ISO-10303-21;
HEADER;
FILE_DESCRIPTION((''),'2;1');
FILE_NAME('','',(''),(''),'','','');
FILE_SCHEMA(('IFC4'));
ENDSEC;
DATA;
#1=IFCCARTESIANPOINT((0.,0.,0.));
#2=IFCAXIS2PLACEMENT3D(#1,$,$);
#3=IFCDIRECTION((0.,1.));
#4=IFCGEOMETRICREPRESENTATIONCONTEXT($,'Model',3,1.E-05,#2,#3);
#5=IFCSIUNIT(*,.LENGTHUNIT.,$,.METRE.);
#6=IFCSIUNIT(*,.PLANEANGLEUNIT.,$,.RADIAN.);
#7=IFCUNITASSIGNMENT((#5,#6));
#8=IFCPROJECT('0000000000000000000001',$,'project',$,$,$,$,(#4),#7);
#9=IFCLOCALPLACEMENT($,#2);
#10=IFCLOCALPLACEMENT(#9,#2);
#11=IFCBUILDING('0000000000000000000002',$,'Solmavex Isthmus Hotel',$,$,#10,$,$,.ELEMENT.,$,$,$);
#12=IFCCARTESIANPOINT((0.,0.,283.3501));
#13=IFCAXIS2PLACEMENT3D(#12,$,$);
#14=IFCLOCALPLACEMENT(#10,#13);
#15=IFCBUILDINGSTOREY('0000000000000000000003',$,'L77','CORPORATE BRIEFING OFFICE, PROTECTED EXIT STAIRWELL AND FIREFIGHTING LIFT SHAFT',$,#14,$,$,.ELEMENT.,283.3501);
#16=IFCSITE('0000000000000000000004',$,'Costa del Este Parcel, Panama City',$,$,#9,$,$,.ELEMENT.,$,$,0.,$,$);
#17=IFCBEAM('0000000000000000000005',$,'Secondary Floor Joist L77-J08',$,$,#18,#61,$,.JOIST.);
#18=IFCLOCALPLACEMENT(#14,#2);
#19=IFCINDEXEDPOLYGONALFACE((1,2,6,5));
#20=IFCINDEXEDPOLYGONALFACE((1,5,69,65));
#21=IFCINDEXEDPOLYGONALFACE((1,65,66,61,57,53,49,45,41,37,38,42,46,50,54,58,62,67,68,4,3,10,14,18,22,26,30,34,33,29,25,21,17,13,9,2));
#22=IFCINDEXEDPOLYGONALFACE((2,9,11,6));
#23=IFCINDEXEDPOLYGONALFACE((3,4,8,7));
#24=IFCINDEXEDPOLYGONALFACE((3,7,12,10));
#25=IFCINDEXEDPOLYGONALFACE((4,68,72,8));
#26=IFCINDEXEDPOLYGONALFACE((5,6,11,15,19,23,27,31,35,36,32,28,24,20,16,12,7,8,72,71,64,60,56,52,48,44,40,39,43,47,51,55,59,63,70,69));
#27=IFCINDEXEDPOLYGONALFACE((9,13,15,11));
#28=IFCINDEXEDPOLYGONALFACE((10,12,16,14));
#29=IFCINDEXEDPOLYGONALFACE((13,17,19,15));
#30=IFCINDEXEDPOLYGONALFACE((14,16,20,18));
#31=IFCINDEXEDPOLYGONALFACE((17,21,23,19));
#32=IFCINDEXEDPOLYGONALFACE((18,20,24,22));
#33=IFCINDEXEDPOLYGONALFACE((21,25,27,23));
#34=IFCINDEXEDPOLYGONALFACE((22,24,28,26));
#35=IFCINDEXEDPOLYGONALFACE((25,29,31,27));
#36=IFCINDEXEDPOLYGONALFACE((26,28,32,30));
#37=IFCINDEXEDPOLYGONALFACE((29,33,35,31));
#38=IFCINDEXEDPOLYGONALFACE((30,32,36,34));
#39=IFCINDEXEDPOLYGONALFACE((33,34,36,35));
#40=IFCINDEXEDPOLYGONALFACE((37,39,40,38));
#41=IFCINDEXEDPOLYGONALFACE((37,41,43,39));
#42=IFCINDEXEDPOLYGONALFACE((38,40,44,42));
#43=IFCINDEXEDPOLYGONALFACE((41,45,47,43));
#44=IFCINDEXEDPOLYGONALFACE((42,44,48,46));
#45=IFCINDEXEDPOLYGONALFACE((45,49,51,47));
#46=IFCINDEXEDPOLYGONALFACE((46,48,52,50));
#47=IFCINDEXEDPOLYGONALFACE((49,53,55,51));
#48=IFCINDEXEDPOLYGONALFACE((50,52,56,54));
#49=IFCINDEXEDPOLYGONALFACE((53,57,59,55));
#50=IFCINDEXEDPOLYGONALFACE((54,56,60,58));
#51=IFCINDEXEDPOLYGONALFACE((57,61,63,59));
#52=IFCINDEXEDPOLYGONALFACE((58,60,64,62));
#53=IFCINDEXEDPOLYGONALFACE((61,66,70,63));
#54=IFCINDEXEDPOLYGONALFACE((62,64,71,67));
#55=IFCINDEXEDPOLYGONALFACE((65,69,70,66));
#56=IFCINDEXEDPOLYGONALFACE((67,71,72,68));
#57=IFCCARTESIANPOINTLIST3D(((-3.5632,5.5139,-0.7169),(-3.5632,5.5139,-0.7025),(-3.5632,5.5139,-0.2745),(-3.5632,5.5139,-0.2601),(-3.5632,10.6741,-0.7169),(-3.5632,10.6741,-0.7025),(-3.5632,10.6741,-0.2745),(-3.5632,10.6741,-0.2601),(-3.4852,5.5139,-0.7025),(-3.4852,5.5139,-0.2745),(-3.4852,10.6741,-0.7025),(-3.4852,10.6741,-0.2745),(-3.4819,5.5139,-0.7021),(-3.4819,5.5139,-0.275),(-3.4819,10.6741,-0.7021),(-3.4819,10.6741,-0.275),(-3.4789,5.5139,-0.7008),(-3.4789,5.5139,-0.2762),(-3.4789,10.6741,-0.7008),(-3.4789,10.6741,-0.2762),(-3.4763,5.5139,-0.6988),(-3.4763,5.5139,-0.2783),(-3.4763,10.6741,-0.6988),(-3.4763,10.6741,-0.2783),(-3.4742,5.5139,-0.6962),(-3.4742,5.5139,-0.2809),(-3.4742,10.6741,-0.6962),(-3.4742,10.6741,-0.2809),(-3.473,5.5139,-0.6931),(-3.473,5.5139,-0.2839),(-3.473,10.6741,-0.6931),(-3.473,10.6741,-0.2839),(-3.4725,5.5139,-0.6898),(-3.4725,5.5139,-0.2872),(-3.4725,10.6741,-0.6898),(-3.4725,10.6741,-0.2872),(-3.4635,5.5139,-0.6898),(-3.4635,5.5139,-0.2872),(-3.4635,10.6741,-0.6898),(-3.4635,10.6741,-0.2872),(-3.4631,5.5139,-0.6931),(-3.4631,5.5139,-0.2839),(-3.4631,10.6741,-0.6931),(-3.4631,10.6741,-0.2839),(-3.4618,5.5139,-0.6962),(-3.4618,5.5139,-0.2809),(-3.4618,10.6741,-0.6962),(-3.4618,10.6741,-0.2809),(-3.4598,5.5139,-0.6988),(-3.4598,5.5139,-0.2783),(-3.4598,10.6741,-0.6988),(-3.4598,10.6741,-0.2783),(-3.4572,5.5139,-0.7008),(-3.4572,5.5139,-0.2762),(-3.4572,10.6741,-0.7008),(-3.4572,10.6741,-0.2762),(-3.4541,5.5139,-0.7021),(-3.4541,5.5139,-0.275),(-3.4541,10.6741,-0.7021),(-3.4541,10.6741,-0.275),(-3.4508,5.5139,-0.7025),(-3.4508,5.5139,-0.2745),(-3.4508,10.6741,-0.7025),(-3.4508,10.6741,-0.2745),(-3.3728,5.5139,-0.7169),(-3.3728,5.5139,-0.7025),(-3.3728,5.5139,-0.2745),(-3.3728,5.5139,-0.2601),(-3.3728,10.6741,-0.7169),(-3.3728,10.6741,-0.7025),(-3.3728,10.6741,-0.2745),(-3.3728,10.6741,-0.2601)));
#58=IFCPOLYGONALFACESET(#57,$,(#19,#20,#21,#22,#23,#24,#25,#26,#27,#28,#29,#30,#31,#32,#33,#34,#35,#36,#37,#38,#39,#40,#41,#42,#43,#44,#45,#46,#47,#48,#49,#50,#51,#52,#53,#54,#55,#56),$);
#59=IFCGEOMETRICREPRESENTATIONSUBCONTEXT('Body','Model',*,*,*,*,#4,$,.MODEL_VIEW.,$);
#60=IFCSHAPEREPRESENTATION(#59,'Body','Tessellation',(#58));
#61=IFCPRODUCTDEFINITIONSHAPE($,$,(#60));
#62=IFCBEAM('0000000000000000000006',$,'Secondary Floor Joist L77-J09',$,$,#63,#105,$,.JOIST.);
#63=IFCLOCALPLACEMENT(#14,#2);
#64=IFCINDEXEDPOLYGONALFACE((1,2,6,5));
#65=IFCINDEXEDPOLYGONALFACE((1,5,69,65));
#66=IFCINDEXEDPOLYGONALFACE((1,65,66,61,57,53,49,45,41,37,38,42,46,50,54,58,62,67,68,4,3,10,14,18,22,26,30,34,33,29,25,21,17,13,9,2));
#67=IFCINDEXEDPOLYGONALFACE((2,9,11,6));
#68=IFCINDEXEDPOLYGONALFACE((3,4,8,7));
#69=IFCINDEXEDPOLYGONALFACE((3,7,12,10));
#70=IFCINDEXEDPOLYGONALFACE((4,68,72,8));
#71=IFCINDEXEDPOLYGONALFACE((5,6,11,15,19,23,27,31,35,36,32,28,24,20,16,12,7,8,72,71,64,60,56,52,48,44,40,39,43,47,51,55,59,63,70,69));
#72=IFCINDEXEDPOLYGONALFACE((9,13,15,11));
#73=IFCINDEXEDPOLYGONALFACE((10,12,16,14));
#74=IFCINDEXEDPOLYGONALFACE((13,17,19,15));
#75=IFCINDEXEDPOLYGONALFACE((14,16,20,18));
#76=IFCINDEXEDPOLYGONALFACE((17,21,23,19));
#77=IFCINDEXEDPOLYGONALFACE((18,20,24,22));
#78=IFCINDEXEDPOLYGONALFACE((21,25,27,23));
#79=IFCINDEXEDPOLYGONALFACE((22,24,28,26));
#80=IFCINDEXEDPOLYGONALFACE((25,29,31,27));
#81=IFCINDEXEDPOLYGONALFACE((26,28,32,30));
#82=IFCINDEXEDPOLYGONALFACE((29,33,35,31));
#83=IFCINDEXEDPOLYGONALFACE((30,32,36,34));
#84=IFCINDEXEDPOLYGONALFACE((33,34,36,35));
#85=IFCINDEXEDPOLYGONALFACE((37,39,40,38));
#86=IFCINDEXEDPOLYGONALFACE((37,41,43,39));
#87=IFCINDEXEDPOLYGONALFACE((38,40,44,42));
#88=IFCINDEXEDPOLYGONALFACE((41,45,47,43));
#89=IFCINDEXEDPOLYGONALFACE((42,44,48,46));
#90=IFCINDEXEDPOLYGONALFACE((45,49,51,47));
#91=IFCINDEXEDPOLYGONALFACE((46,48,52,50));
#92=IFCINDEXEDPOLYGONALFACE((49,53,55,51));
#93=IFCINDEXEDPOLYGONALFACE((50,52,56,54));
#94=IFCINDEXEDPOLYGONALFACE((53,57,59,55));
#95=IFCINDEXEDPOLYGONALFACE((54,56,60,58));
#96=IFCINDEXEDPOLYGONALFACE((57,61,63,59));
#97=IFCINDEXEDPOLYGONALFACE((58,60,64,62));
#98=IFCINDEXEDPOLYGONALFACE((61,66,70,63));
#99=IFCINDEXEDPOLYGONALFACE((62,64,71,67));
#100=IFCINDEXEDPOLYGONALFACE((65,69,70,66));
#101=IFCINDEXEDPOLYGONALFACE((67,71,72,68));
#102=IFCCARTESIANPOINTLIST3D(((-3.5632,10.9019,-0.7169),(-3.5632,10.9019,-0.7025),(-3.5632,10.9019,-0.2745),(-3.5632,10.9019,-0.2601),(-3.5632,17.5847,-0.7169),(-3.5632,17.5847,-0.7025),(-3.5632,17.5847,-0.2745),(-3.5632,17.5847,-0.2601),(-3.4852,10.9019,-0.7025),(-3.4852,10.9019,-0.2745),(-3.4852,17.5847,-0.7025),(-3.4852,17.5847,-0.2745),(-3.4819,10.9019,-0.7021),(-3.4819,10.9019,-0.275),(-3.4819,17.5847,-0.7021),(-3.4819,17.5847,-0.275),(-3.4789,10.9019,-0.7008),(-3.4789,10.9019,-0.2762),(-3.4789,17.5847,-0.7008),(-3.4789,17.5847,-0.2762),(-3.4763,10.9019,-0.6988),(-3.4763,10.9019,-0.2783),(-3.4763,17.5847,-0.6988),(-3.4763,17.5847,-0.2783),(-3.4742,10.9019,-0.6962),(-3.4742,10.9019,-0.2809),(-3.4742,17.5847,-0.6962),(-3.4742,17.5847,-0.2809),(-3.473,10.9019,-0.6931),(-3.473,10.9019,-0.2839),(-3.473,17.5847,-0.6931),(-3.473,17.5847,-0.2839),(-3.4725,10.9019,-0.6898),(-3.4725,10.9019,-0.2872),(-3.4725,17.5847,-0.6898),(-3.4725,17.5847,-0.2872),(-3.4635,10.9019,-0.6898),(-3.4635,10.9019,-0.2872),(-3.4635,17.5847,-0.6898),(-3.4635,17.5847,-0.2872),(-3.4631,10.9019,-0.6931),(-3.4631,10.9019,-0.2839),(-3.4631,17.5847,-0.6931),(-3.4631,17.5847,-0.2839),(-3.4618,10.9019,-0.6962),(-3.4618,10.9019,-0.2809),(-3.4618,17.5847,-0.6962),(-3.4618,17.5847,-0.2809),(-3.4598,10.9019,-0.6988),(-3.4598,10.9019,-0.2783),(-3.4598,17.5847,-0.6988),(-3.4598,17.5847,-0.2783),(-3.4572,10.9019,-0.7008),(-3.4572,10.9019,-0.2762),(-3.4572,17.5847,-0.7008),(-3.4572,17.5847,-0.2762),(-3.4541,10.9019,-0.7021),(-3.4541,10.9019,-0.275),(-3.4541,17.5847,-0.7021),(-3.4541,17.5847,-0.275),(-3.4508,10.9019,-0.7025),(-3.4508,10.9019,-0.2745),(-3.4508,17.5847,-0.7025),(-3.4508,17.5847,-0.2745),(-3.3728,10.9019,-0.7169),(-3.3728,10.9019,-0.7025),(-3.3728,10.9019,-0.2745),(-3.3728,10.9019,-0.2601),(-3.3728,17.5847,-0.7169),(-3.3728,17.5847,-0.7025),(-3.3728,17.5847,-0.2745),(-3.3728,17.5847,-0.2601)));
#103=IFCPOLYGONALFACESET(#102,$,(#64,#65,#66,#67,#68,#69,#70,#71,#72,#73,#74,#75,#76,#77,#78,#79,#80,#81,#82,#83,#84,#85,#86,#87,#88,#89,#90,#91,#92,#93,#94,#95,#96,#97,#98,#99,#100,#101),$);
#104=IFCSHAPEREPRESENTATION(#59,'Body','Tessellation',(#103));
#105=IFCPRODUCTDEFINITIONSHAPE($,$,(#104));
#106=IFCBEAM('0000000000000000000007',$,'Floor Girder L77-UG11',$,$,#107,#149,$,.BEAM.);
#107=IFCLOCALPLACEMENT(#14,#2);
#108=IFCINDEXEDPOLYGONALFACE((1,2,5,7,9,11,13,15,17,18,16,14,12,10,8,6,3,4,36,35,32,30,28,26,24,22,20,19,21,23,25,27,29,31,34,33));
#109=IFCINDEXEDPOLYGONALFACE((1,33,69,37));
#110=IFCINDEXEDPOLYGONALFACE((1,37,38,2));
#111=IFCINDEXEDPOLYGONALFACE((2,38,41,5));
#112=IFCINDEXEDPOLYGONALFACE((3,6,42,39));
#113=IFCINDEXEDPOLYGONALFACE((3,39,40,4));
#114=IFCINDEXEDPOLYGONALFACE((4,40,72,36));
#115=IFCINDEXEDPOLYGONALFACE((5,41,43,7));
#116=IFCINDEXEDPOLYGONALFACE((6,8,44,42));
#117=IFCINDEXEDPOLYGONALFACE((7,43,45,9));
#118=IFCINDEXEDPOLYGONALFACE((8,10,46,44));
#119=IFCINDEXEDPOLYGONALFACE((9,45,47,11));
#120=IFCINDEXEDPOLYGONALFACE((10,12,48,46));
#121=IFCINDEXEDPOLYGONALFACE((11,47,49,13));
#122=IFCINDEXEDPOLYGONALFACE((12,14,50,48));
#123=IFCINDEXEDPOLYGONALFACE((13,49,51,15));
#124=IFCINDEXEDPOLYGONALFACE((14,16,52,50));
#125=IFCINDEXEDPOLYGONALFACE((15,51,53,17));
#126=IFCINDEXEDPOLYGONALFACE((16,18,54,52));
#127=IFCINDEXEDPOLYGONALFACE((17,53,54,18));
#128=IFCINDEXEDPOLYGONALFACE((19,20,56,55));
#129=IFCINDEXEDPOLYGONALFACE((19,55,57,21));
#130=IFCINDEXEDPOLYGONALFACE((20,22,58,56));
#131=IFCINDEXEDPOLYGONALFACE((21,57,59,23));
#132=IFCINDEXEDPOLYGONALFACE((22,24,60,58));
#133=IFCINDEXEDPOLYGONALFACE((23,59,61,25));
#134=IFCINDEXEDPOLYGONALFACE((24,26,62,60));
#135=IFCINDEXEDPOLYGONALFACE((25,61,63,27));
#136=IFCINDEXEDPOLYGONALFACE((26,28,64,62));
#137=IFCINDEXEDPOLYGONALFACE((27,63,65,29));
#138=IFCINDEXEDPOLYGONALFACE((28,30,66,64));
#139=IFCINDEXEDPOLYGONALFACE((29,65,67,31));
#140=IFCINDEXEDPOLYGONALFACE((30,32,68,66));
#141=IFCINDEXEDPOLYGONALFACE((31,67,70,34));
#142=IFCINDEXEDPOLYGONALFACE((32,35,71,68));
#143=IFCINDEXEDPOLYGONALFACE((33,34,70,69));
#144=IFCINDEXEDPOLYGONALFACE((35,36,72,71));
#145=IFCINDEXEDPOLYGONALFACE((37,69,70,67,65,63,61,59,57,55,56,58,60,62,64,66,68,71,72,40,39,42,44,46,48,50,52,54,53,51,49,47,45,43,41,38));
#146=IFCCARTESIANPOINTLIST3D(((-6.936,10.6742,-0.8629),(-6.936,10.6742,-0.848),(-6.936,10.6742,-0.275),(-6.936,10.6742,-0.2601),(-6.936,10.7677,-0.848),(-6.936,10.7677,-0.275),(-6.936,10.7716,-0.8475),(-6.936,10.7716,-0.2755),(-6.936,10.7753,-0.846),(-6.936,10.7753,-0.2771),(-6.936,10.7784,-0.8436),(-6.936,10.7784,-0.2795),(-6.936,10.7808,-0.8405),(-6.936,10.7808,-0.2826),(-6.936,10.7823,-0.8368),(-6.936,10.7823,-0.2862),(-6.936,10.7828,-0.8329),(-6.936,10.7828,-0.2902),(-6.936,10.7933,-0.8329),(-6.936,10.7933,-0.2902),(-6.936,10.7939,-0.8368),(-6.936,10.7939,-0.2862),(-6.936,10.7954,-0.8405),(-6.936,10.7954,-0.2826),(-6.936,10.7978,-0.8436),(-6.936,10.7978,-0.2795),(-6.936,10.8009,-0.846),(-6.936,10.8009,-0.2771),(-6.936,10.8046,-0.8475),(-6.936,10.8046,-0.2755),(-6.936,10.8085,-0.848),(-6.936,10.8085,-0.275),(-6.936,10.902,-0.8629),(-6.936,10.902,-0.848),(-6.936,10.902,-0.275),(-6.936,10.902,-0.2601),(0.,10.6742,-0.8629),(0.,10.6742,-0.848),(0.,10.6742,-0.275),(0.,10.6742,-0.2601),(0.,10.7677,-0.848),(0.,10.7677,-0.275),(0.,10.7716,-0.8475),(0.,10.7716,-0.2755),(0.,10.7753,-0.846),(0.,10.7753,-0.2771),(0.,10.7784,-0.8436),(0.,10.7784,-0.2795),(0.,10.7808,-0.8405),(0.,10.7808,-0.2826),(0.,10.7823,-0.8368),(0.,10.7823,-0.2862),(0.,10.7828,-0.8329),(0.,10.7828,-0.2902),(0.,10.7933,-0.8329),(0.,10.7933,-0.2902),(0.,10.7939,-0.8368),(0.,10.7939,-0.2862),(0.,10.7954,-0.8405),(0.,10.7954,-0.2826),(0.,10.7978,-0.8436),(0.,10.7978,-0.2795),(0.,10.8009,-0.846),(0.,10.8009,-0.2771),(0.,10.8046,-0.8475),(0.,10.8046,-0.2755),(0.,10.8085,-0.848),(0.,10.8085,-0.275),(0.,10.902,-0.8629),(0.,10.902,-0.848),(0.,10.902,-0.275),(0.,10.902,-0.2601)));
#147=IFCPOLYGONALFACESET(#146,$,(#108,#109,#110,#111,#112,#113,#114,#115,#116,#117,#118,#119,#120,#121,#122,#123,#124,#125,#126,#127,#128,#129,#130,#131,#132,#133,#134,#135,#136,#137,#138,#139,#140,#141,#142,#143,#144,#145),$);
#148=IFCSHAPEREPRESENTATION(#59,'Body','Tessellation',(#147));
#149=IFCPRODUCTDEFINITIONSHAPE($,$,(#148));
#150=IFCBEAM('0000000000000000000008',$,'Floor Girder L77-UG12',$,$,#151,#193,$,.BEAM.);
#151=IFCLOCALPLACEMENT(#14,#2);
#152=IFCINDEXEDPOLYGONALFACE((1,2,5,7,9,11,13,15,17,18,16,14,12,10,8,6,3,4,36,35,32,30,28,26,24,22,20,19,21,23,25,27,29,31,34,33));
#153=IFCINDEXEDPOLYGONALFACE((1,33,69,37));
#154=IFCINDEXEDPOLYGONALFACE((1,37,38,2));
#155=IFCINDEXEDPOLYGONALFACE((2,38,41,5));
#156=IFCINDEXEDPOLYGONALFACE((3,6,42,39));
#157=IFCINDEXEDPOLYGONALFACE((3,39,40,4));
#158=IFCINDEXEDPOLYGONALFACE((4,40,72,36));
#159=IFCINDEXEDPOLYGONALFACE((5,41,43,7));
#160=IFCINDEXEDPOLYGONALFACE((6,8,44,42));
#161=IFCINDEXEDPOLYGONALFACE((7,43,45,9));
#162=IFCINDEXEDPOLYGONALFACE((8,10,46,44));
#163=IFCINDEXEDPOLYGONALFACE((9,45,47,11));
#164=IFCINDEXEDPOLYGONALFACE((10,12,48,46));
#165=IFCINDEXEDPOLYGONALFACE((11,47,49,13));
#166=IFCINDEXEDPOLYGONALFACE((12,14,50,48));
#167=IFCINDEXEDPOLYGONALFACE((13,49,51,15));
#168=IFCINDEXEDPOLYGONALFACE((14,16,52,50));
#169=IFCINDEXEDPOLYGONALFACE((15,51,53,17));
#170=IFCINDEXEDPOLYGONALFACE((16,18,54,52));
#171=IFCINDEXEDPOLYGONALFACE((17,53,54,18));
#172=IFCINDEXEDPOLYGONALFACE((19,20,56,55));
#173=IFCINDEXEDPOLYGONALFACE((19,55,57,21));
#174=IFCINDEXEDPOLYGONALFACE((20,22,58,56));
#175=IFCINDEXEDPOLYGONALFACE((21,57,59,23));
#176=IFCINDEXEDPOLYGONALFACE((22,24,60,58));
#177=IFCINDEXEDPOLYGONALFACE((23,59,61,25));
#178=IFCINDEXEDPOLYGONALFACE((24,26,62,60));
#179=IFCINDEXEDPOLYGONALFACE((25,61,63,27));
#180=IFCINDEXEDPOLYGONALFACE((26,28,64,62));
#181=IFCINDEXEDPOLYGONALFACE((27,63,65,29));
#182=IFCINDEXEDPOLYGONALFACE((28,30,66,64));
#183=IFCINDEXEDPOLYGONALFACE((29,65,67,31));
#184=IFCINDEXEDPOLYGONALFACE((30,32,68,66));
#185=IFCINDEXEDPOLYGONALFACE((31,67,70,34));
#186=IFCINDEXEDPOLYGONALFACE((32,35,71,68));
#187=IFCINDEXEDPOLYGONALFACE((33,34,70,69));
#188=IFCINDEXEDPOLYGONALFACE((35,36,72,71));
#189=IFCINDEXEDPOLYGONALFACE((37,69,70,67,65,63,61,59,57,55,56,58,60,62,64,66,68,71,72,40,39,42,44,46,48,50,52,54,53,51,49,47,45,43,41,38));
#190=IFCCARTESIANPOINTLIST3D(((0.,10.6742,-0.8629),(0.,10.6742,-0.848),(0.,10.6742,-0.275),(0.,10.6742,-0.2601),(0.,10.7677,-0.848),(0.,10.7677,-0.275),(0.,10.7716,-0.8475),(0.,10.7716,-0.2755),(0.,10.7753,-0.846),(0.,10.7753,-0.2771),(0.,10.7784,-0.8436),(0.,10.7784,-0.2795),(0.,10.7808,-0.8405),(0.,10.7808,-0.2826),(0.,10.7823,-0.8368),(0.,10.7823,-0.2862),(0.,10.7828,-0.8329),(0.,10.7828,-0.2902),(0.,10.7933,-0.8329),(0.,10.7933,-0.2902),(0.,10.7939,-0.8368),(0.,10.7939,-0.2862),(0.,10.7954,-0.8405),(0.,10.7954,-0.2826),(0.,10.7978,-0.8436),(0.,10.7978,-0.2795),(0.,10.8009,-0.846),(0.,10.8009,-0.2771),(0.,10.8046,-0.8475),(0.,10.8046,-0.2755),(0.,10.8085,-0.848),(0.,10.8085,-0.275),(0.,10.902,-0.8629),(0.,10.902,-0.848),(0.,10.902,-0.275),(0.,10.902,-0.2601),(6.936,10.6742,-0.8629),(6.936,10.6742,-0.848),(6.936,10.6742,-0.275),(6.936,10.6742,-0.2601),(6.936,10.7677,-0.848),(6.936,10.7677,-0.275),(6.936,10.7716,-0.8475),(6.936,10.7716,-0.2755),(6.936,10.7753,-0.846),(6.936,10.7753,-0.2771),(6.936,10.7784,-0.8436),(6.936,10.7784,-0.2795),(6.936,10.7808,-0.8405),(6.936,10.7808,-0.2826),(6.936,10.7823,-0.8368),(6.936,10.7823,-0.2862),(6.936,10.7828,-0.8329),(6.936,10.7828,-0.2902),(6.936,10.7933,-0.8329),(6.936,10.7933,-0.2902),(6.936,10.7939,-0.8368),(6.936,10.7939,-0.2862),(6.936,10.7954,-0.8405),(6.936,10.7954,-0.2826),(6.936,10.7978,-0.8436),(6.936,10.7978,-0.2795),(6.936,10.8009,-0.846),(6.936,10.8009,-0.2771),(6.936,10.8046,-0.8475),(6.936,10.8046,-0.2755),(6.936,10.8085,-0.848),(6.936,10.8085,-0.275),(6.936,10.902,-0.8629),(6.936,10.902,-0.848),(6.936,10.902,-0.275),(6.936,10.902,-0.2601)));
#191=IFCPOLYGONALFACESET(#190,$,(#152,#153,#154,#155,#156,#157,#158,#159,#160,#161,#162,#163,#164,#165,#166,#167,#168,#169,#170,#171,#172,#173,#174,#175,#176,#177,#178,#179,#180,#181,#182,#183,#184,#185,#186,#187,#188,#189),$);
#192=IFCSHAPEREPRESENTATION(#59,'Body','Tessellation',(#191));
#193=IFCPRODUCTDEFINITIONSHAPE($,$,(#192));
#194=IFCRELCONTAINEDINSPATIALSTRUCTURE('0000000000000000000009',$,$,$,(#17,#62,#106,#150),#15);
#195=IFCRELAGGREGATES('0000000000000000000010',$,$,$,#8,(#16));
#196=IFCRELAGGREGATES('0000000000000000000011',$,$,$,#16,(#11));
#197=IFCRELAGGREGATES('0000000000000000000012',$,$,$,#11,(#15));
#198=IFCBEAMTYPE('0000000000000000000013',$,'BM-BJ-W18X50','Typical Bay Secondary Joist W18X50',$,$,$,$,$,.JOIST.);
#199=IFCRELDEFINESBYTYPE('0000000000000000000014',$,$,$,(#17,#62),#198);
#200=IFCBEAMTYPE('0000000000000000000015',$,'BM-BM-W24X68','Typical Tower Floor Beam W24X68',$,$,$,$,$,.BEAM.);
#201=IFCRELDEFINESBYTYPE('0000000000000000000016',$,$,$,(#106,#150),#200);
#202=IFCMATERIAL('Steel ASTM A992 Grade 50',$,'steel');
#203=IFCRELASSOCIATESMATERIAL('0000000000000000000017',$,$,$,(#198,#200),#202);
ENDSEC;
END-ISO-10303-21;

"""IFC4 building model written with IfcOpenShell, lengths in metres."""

from ifc_helpers import new_model, si_unit, direction, frame, origin, origin_2d, place, context, subcontext, project, spatial, i_section, extrude, material, material_profile, profile_set, type_object, element, save


model = new_model("IFC4")

# Units and contexts
model_context = context("Model", 3, precision=1e-05, world=origin(), true_north=direction((0.0, 1.0)))
body_context = subcontext(model_context, "Body", "Model", "MODEL_VIEW")
ifc_project = project(units=[si_unit("LENGTHUNIT", "METRE"), si_unit("PLANEANGLEUNIT", "RADIAN")], contexts=[model_context])

# Site, building, storey
site_placement = place(None, origin())
site = spatial("IfcSite", under=ifc_project, at=site_placement, Name="Costa del Este Parcel, Panama City", CompositionType="ELEMENT", RefElevation=0.0)
building_placement = place(site_placement, origin())
building = spatial("IfcBuilding", under=site, at=building_placement, Name="Solmavex Isthmus Hotel", CompositionType="ELEMENT")
storey_placement = place(building_placement, frame((0.0, 0.0, 283.3501)))
storey = spatial("IfcBuildingStorey", under=building, at=storey_placement, Name="L77", Description="CORPORATE BRIEFING OFFICE, PROTECTED EXIT STAIRWELL AND FIREFIGHTING LIFT SHAFT", CompositionType="ELEMENT", Elevation=283.3501)

# Beams
ifc_material_1 = material(Name="Steel ASTM A992 Grade 50", Category="steel")
ifc_material_profile_1 = material_profile(ifc_material_1, i_section(OverallWidth=0.1904, OverallDepth=0.4568, WebThickness=0.009, FlangeThickness=0.0144, FilletRadius=0.0127, at=origin_2d()), Name="W18X50")
ifc_profile_set_1 = profile_set([ifc_material_profile_1], Name="Steel ASTM A992 Grade 50")
beam_type_1 = type_object("IfcBeamType", Name="BM-BJ-W18X50", Description="Typical Bay Secondary Joist W18X50", PredefinedType="JOIST", material=ifc_profile_set_1)
beam_1_placement = place(storey_placement, frame((-3.468, 5.5139, -0.4885), z_axis=(0.0, 1.0, 0.0), x_axis=(-1.0, 0.0, 0.0)))
element("IfcBeam", 1, at=beam_1_placement, inside=storey, type_object=beam_type_1, Name="Secondary Floor Joist L77-J08", PredefinedType="JOIST", context=body_context, shape_type="SweptSolid", body=[
    extrude(i_section(OverallWidth=0.1904, OverallDepth=0.4568, WebThickness=0.009, FlangeThickness=0.0144, FilletRadius=0.0127, at=origin_2d()), origin(), (0.0, 0.0, 1.0), 5.1602),
])
beam_2_placement = place(storey_placement, frame((-3.468, 10.9019, -0.4885), z_axis=(0.0, 1.0, 0.0), x_axis=(-1.0, 0.0, 0.0)))
element("IfcBeam", 2, at=beam_2_placement, inside=storey, type_object=beam_type_1, Name="Secondary Floor Joist L77-J09", PredefinedType="JOIST", context=body_context, shape_type="SweptSolid", body=[
    extrude(i_section(OverallWidth=0.1904, OverallDepth=0.4568, WebThickness=0.009, FlangeThickness=0.0144, FilletRadius=0.0127, at=origin_2d()), origin(), (0.0, 0.0, 1.0), 6.6829),
])
ifc_material_profile_2 = material_profile(ifc_material_1, i_section(OverallWidth=0.2278, OverallDepth=0.6028, WebThickness=0.0105, FlangeThickness=0.0149, FilletRadius=0.0151, at=origin_2d()), Name="W24X68")
ifc_profile_set_2 = profile_set([ifc_material_profile_2], Name="Steel ASTM A992 Grade 50")
beam_type_2 = type_object("IfcBeamType", Name="BM-BM-W24X68", Description="Typical Tower Floor Beam W24X68", PredefinedType="BEAM", material=ifc_profile_set_2)
for number, where, z_axis, x_axis, name in (
    (3, (-6.936, 10.7881, -0.5615), (1.0, 0.0, 0.0), (0.0, 1.0, 0.0), "Floor Girder L77-UG11"),
    (4, (0.0, 10.7881, -0.5615), (1.0, 0.0, 0.0), (0.0, 1.0, 0.0), "Floor Girder L77-UG12"),
):
    element("IfcBeam", number, at=place(storey_placement, frame(where, z_axis=z_axis, x_axis=x_axis)), inside=storey, type_object=beam_type_2, Name=name, PredefinedType="BEAM", context=body_context, shape_type="SweptSolid", body=[
        extrude(i_section(OverallWidth=0.2278, OverallDepth=0.6028, WebThickness=0.0105, FlangeThickness=0.0149, FilletRadius=0.0151, at=origin_2d()), origin(), (0.0, 0.0, 1.0), 6.936),
    ])

save(model, "model.ifc")
